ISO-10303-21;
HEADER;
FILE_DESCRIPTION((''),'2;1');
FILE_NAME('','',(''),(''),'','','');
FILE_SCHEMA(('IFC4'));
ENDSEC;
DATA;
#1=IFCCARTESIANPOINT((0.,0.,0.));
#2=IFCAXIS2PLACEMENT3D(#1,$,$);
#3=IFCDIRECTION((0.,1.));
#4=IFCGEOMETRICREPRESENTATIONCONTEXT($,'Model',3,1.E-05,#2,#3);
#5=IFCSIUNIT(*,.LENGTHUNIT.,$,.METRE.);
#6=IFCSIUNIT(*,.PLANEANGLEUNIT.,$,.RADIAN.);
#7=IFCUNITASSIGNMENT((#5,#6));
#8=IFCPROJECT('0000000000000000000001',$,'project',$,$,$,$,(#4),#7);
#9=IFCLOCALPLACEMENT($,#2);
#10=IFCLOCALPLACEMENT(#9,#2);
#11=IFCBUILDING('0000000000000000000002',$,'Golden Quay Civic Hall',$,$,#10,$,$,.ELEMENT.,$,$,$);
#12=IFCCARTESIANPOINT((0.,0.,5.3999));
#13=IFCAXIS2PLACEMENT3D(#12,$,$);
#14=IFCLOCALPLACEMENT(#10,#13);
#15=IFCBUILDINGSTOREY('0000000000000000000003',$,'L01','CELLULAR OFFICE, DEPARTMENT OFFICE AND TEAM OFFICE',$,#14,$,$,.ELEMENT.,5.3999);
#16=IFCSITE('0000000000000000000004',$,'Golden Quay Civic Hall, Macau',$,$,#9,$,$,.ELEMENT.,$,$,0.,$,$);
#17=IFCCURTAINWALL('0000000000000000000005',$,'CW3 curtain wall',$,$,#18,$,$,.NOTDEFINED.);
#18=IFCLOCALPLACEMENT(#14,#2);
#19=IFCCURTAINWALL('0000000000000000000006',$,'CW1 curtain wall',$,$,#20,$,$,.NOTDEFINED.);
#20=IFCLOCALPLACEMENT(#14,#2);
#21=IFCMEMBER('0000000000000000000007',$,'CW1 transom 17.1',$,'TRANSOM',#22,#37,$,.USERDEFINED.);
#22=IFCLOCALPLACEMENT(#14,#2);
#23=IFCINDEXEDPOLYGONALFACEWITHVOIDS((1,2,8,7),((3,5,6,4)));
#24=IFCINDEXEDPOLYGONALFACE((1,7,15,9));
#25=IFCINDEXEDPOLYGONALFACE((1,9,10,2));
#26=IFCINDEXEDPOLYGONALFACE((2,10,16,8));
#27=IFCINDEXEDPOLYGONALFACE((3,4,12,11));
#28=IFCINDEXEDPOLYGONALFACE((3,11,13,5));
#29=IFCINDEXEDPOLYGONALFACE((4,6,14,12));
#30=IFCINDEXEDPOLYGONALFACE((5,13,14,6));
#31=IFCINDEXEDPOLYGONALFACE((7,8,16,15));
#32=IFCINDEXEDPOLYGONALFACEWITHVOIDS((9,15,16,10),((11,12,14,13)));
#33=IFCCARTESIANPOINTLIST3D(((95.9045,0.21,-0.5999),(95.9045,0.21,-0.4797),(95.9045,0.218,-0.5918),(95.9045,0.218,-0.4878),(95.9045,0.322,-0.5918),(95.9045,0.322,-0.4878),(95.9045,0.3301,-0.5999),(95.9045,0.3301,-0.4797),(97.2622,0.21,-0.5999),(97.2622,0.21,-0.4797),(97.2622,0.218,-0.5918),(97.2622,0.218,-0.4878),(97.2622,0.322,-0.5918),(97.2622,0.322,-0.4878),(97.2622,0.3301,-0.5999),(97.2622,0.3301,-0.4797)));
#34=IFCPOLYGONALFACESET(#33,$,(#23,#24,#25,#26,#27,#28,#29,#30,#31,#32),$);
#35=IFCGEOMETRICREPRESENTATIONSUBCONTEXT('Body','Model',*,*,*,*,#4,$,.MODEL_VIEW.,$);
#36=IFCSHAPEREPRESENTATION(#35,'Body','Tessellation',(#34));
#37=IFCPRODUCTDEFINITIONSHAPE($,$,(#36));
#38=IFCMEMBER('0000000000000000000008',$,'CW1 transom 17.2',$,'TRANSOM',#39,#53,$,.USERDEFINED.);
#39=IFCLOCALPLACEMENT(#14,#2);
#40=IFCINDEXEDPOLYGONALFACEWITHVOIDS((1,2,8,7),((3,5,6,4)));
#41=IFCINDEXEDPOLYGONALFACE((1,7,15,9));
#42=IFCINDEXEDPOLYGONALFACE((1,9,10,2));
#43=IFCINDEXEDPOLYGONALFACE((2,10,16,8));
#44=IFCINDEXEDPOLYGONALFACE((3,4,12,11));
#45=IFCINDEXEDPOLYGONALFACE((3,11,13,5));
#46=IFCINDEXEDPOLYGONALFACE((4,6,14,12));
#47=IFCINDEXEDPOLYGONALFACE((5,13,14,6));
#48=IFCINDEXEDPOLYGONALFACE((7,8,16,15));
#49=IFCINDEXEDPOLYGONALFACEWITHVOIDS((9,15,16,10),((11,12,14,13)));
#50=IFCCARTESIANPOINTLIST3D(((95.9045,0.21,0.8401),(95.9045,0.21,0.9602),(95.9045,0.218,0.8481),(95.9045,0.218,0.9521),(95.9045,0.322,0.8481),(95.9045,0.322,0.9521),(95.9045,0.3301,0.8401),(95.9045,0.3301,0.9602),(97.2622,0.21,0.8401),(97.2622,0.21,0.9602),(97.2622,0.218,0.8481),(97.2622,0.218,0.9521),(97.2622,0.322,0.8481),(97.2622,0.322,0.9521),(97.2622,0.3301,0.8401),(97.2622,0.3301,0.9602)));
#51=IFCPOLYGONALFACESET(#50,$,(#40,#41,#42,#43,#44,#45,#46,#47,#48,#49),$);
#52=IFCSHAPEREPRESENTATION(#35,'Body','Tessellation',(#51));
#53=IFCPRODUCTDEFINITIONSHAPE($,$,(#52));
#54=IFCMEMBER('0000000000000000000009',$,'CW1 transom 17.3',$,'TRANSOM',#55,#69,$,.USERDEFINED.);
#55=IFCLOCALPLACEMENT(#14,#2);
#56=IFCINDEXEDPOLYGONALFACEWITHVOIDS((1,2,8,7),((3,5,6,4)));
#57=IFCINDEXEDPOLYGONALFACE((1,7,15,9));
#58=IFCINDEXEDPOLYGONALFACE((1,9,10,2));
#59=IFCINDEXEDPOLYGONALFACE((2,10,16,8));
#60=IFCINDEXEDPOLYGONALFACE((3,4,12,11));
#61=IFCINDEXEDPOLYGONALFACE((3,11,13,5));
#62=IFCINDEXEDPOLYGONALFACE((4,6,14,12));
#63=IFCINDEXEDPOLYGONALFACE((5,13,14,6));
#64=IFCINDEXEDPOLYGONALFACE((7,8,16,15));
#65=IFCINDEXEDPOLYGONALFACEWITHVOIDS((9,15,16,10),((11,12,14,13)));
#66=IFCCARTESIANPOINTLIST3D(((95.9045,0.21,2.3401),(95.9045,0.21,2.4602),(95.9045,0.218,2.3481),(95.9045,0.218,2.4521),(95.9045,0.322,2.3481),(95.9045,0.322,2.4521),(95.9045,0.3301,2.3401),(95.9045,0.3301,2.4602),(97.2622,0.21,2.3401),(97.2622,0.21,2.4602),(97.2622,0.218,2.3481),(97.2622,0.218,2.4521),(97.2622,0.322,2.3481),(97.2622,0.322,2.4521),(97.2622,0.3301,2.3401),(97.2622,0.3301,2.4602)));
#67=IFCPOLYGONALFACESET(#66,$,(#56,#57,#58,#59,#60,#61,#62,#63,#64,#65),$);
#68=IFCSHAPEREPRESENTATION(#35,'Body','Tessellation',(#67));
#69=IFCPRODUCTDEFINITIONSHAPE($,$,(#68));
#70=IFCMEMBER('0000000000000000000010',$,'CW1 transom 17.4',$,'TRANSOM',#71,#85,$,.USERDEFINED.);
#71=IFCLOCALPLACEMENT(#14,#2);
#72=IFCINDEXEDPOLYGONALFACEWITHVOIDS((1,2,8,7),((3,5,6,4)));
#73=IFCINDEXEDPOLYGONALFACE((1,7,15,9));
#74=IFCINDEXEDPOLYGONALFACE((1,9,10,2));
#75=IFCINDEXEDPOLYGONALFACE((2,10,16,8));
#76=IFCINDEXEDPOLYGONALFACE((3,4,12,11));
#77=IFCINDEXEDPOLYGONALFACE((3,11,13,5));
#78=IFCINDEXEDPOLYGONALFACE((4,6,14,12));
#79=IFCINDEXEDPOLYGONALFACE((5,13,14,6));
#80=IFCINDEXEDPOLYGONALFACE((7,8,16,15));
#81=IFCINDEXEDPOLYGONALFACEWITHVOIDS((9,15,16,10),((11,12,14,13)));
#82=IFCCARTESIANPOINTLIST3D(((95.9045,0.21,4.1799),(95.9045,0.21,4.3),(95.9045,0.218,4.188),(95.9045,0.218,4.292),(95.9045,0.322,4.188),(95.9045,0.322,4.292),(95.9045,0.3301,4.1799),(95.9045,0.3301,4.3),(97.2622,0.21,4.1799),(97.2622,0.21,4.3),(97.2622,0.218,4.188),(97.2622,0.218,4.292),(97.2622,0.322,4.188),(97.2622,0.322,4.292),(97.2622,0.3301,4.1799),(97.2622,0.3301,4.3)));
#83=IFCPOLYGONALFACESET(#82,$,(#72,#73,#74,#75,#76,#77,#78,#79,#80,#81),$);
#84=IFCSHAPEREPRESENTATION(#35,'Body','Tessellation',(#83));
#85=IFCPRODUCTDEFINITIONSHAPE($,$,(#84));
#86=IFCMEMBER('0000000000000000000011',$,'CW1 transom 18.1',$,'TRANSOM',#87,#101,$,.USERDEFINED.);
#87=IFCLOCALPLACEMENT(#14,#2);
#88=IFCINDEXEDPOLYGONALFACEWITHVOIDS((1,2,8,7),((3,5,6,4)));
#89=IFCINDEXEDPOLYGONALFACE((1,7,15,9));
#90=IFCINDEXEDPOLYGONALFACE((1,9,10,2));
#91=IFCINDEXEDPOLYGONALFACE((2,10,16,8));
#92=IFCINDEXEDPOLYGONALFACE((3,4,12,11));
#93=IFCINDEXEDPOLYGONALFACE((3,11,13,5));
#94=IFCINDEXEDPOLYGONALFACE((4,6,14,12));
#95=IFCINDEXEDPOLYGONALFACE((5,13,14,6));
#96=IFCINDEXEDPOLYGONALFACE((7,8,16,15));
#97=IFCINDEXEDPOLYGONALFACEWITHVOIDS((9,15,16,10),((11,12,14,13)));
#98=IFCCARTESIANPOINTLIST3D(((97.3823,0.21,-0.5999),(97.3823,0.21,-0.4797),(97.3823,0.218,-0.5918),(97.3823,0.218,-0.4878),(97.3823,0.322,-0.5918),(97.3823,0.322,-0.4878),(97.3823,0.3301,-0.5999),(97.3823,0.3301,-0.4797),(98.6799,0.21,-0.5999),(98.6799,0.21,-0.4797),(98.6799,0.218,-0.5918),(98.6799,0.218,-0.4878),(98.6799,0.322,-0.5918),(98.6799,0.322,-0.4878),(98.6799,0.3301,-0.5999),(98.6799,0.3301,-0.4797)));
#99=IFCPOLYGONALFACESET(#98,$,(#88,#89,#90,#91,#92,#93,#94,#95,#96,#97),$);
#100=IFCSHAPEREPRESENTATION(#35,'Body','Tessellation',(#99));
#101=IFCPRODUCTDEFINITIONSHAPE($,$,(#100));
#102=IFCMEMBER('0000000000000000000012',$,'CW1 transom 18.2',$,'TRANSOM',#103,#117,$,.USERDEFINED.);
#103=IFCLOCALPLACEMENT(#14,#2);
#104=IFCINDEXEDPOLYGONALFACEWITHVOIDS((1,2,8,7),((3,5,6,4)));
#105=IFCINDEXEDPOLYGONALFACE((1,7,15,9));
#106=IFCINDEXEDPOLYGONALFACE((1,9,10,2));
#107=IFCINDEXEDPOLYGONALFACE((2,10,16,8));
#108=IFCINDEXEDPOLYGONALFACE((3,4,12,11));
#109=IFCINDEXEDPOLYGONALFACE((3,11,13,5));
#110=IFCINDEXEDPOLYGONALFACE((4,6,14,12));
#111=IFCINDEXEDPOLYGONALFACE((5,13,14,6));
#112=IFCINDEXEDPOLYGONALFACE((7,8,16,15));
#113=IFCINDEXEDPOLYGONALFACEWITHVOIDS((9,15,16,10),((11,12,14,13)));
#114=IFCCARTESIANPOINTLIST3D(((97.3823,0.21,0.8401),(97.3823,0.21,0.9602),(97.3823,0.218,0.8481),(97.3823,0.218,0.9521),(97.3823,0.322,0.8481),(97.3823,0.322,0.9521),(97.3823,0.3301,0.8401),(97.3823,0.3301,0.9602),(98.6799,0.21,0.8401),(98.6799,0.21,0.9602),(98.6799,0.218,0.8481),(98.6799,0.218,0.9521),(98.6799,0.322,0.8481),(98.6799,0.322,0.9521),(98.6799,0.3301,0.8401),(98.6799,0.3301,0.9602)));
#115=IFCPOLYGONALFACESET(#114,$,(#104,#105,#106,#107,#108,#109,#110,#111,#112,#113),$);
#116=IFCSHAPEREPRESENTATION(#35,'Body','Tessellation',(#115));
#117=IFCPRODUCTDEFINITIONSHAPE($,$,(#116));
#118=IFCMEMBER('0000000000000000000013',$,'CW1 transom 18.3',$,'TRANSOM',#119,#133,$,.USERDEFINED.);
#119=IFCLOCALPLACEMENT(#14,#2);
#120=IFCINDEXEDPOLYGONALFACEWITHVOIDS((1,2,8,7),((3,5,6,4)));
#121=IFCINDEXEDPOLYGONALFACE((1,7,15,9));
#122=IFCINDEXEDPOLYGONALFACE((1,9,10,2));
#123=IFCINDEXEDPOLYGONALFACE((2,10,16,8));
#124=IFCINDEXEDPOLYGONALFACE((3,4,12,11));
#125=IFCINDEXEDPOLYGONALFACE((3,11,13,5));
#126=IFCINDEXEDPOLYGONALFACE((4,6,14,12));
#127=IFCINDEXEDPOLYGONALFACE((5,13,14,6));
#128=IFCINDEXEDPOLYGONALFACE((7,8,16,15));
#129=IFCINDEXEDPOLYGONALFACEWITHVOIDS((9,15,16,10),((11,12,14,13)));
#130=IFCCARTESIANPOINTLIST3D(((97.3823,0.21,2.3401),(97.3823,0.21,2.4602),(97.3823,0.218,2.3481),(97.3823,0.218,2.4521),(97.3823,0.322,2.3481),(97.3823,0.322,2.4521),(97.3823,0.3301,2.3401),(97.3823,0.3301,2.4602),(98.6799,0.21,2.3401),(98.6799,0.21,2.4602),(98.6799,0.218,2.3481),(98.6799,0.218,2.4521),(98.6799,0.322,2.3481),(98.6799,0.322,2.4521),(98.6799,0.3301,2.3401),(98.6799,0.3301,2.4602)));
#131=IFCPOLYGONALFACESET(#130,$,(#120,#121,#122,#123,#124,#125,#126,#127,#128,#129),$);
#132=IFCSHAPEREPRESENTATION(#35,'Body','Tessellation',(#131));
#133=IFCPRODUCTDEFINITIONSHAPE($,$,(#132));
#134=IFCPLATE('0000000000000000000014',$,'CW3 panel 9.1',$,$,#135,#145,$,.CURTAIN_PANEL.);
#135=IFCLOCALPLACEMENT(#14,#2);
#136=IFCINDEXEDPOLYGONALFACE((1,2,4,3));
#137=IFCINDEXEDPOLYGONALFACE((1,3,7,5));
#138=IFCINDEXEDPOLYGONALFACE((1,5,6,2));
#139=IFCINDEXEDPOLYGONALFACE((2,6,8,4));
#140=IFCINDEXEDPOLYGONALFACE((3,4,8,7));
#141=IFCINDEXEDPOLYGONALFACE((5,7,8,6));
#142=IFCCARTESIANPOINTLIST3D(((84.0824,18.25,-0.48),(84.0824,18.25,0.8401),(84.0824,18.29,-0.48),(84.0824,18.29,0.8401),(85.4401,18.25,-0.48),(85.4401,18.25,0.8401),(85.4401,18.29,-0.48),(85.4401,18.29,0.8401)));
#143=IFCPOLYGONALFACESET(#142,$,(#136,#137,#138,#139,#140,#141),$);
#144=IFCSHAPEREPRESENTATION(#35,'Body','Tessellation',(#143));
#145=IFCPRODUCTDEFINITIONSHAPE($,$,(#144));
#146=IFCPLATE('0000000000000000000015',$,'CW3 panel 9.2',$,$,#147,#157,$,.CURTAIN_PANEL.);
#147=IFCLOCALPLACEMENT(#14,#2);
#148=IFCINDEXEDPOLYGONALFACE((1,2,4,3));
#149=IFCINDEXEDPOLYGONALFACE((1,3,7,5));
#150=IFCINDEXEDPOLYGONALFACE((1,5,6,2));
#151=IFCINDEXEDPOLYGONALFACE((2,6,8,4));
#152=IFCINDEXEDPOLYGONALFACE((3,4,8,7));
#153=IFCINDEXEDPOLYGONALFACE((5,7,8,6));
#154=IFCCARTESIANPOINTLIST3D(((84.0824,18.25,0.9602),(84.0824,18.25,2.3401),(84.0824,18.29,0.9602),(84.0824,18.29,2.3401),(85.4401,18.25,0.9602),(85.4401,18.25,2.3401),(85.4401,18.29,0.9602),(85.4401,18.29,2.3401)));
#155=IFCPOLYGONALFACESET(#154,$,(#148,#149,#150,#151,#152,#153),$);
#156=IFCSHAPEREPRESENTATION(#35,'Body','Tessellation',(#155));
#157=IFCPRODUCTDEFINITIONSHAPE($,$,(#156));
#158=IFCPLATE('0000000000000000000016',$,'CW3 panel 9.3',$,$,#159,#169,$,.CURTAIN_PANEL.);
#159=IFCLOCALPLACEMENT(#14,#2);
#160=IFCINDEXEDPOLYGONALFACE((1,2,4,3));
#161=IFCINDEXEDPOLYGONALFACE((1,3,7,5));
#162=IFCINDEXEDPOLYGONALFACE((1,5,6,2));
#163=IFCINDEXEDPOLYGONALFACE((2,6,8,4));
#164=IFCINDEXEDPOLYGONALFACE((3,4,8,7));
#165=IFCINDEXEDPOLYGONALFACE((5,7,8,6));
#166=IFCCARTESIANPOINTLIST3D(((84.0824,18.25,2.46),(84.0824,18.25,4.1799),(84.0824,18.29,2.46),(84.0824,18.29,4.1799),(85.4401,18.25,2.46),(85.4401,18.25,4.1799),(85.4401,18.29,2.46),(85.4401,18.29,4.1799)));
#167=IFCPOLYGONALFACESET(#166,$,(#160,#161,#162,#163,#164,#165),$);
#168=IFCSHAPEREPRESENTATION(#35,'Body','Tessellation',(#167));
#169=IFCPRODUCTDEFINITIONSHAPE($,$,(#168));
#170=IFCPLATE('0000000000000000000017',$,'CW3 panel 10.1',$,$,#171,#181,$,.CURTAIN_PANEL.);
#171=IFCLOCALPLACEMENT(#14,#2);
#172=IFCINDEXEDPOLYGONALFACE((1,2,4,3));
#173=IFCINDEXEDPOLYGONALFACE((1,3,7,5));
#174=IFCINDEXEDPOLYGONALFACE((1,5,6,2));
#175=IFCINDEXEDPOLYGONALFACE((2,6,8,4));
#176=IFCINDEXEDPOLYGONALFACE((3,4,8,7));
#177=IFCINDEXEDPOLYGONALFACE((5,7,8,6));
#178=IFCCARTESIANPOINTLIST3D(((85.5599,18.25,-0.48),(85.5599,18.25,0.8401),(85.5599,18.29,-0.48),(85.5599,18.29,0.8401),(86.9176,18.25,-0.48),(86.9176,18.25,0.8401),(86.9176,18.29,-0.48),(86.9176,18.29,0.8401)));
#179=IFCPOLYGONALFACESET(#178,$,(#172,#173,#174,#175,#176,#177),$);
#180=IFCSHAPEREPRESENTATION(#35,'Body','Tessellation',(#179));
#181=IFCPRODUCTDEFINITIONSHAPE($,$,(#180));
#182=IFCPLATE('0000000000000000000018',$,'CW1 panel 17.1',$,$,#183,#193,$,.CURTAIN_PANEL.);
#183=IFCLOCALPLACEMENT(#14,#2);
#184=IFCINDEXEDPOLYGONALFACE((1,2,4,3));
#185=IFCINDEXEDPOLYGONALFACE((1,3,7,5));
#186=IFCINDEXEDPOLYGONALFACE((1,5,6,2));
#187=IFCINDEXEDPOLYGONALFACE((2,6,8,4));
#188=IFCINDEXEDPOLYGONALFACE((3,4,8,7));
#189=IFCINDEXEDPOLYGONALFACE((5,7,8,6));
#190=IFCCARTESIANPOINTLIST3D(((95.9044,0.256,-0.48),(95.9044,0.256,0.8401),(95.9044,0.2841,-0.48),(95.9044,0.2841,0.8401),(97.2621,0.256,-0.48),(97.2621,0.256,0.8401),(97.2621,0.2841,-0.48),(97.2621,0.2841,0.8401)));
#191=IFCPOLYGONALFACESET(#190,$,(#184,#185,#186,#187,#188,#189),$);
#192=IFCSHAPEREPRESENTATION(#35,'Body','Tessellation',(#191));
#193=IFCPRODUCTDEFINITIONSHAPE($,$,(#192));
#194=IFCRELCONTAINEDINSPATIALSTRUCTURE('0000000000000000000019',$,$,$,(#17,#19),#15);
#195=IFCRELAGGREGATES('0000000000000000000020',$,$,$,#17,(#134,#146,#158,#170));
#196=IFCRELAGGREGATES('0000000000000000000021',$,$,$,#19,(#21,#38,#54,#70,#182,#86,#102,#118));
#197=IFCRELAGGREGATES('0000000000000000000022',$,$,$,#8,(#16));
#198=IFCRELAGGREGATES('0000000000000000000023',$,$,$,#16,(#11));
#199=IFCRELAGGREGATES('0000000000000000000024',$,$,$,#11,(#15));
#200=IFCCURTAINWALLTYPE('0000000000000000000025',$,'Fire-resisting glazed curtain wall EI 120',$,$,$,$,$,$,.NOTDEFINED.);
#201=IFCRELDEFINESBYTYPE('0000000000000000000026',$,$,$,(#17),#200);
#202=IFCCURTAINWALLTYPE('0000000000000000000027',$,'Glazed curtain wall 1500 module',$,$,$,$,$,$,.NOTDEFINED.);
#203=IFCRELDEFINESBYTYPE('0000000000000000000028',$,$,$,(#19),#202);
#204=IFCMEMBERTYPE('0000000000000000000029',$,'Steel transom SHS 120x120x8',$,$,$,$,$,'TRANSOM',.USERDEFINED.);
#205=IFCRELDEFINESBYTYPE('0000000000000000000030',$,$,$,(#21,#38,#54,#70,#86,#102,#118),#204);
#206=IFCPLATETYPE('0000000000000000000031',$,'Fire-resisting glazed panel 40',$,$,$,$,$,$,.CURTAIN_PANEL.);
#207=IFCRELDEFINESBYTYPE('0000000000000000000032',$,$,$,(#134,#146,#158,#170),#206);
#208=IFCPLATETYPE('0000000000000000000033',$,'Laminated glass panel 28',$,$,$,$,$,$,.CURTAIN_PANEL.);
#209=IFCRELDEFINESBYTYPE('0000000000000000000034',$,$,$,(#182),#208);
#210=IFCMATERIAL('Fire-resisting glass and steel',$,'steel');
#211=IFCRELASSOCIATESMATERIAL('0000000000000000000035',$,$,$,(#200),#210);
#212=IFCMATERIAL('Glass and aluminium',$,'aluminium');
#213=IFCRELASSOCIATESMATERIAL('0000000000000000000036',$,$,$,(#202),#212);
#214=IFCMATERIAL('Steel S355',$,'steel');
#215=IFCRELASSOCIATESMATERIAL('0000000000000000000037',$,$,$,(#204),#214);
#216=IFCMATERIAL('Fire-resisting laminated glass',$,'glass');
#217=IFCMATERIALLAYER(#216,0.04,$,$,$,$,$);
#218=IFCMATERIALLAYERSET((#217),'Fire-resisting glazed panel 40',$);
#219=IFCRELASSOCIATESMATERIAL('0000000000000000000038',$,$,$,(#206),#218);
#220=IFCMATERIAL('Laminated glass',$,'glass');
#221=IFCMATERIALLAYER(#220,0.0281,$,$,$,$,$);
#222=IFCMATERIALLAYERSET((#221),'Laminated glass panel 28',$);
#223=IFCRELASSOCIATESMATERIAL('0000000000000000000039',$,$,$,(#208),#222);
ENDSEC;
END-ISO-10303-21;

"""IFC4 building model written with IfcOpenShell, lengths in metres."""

from ifc_helpers import new_model, si_unit, direction, frame, origin, origin_2d, place, context, subcontext, project, spatial, rectangle, hollow_rectangle, extrude, material, layer, layer_set, material_profile, profile_set, type_object, element, aggregate, save


model = new_model("IFC4")

# Units and contexts
model_context = context("Model", 3, precision=1e-05, world=origin(), true_north=direction((0.0, 1.0)))
body_context = subcontext(model_context, "Body", "Model", "MODEL_VIEW")
ifc_project = project(units=[si_unit("LENGTHUNIT", "METRE"), si_unit("PLANEANGLEUNIT", "RADIAN")], contexts=[model_context])

# Site, building, storey
site_placement = place(None, origin())
site = spatial("IfcSite", under=ifc_project, at=site_placement, Name="Golden Quay Civic Hall, Macau", CompositionType="ELEMENT", RefElevation=0.0)
building_placement = place(site_placement, origin())
building = spatial("IfcBuilding", under=site, at=building_placement, Name="Golden Quay Civic Hall", CompositionType="ELEMENT")
storey_placement = place(building_placement, frame((0.0, 0.0, 5.3999)))
storey = spatial("IfcBuildingStorey", under=building, at=storey_placement, Name="L01", Description="CELLULAR OFFICE, DEPARTMENT OFFICE AND TEAM OFFICE", CompositionType="ELEMENT", Elevation=5.3999)

# Curtain walls, members
ifc_material_1 = material(Name="Fire-resisting glass and steel", Category="steel")
curtain_wall_type_1 = type_object("IfcCurtainWallType", Name="Fire-resisting glazed curtain wall EI 120", PredefinedType="NOTDEFINED", material=ifc_material_1)
curtain_wall_1_placement = place(storey_placement, origin())
curtain_wall_1 = element("IfcCurtainWall", 1, at=curtain_wall_1_placement, inside=storey, type_object=curtain_wall_type_1, Name="CW3 curtain wall", PredefinedType="NOTDEFINED")
ifc_material_2 = material(Name="Glass and aluminium", Category="aluminium")
curtain_wall_type_2 = type_object("IfcCurtainWallType", Name="Glazed curtain wall 1500 module", PredefinedType="NOTDEFINED", material=ifc_material_2)
curtain_wall_2_placement = place(storey_placement, origin())
curtain_wall_2 = element("IfcCurtainWall", 2, at=curtain_wall_2_placement, inside=storey, type_object=curtain_wall_type_2, Name="CW1 curtain wall", PredefinedType="NOTDEFINED")
ifc_material_3 = material(Name="Steel S355", Category="steel")
ifc_material_profile_1 = material_profile(ifc_material_3, hollow_rectangle(XDim=0.1201, YDim=0.1201, WallThickness=0.0081, at=origin_2d()), Name="SHS 120x120x8")
ifc_profile_set_1 = profile_set([ifc_material_profile_1], Name="Steel S355")
member_type_1 = type_object("IfcMemberType", Name="Steel transom SHS 120x120x8", ElementType="TRANSOM", PredefinedType="USERDEFINED", material=ifc_profile_set_1)
member_1_placement = place(storey_placement, frame((95.9045, 0.27, -0.5398), z_axis=(1.0, 0.0, 0.0), x_axis=(0.0, 1.0, 0.0)))
member_1 = element("IfcMember", 3, at=member_1_placement, type_object=member_type_1, Name="CW1 transom 17.1", ObjectType="TRANSOM", PredefinedType="USERDEFINED", context=body_context, shape_type="SweptSolid", body=[
    extrude(hollow_rectangle(XDim=0.1201, YDim=0.1201, WallThickness=0.0081, at=origin_2d()), origin(), (0.0, 0.0, 1.0), 1.3577),
])
member_2_placement = place(storey_placement, frame((95.9045, 0.27, 0.9001), z_axis=(1.0, 0.0, 0.0), x_axis=(0.0, 1.0, 0.0)))
member_2 = element("IfcMember", 4, at=member_2_placement, type_object=member_type_1, Name="CW1 transom 17.2", ObjectType="TRANSOM", PredefinedType="USERDEFINED", context=body_context, shape_type="SweptSolid", body=[
    extrude(hollow_rectangle(XDim=0.1201, YDim=0.1201, WallThickness=0.0081, at=origin_2d()), origin(), (0.0, 0.0, 1.0), 1.3577),
])
member_3_placement = place(storey_placement, frame((95.9045, 0.27, 2.4001), z_axis=(1.0, 0.0, 0.0), x_axis=(0.0, 1.0, 0.0)))
member_3 = element("IfcMember", 5, at=member_3_placement, type_object=member_type_1, Name="CW1 transom 17.3", ObjectType="TRANSOM", PredefinedType="USERDEFINED", context=body_context, shape_type="SweptSolid", body=[
    extrude(hollow_rectangle(XDim=0.1201, YDim=0.1201, WallThickness=0.0081, at=origin_2d()), origin(), (0.0, 0.0, 1.0), 1.3577),
])
member_4_placement = place(storey_placement, frame((95.9045, 0.27, 4.24), z_axis=(1.0, 0.0, 0.0), x_axis=(0.0, 1.0, 0.0)))
member_4 = element("IfcMember", 6, at=member_4_placement, type_object=member_type_1, Name="CW1 transom 17.4", ObjectType="TRANSOM", PredefinedType="USERDEFINED", context=body_context, shape_type="SweptSolid", body=[
    extrude(hollow_rectangle(XDim=0.1201, YDim=0.1201, WallThickness=0.0081, at=origin_2d()), origin(), (0.0, 0.0, 1.0), 1.3577),
])
member_5_placement = place(storey_placement, frame((97.3823, 0.27, -0.5398), z_axis=(1.0, 0.0, 0.0), x_axis=(0.0, 1.0, 0.0)))
member_5 = element("IfcMember", 7, at=member_5_placement, type_object=member_type_1, Name="CW1 transom 18.1", ObjectType="TRANSOM", PredefinedType="USERDEFINED", context=body_context, shape_type="SweptSolid", body=[
    extrude(hollow_rectangle(XDim=0.1201, YDim=0.1201, WallThickness=0.0081, at=origin_2d()), origin(), (0.0, 0.0, 1.0), 1.2976),
])
member_6_placement = place(storey_placement, frame((97.3823, 0.27, 0.9001), z_axis=(1.0, 0.0, 0.0), x_axis=(0.0, 1.0, 0.0)))
member_6 = element("IfcMember", 8, at=member_6_placement, type_object=member_type_1, Name="CW1 transom 18.2", ObjectType="TRANSOM", PredefinedType="USERDEFINED", context=body_context, shape_type="SweptSolid", body=[
    extrude(hollow_rectangle(XDim=0.1201, YDim=0.1201, WallThickness=0.0081, at=origin_2d()), origin(), (0.0, 0.0, 1.0), 1.2976),
])
member_7_placement = place(storey_placement, frame((97.3823, 0.27, 2.4001), z_axis=(1.0, 0.0, 0.0), x_axis=(0.0, 1.0, 0.0)))
member_7 = element("IfcMember", 9, at=member_7_placement, type_object=member_type_1, Name="CW1 transom 18.3", ObjectType="TRANSOM", PredefinedType="USERDEFINED", context=body_context, shape_type="SweptSolid", body=[
    extrude(hollow_rectangle(XDim=0.1201, YDim=0.1201, WallThickness=0.0081, at=origin_2d()), origin(), (0.0, 0.0, 1.0), 1.2976),
])

# Plates
ifc_material_4 = material(Name="Fire-resisting laminated glass", Category="glass")
ifc_layer_1 = layer(ifc_material_4, 0.04)
ifc_layer_set_1 = layer_set([ifc_layer_1], Name="Fire-resisting glazed panel 40")
plate_type_1 = type_object("IfcPlateType", Name="Fire-resisting glazed panel 40", PredefinedType="CURTAIN_PANEL", material=ifc_layer_set_1)
plate_1_placement = place(storey_placement, frame((84.7612, 18.27, -0.48), z_axis=(0.0, 0.0, 1.0), x_axis=(1.0, 0.0, 0.0)))
plate_1 = element("IfcPlate", 10, at=plate_1_placement, type_object=plate_type_1, Name="CW3 panel 9.1", PredefinedType="CURTAIN_PANEL", context=body_context, shape_type="SweptSolid", body=[
    extrude(rectangle(XDim=1.3577, YDim=0.04, at=origin_2d()), origin(), (0.0, 0.0, 1.0), 1.3201),
])
plate_2_placement = place(storey_placement, frame((84.7612, 18.27, 0.9602), z_axis=(0.0, 0.0, 1.0), x_axis=(1.0, 0.0, 0.0)))
plate_2 = element("IfcPlate", 11, at=plate_2_placement, type_object=plate_type_1, Name="CW3 panel 9.2", PredefinedType="CURTAIN_PANEL", context=body_context, shape_type="SweptSolid", body=[
    extrude(rectangle(XDim=1.3577, YDim=0.04, at=origin_2d()), origin(), (0.0, 0.0, 1.0), 1.3799),
])
plate_3_placement = place(storey_placement, frame((84.7612, 18.27, 2.46), z_axis=(0.0, 0.0, 1.0), x_axis=(1.0, 0.0, 0.0)))
plate_3 = element("IfcPlate", 12, at=plate_3_placement, type_object=plate_type_1, Name="CW3 panel 9.3", PredefinedType="CURTAIN_PANEL", context=body_context, shape_type="SweptSolid", body=[
    extrude(rectangle(XDim=1.3577, YDim=0.04, at=origin_2d()), origin(), (0.0, 0.0, 1.0), 1.72),
])
plate_4_placement = place(storey_placement, frame((86.2388, 18.27, -0.48), z_axis=(0.0, 0.0, 1.0), x_axis=(1.0, 0.0, 0.0)))
plate_4 = element("IfcPlate", 13, at=plate_4_placement, type_object=plate_type_1, Name="CW3 panel 10.1", PredefinedType="CURTAIN_PANEL", context=body_context, shape_type="SweptSolid", body=[
    extrude(rectangle(XDim=1.3577, YDim=0.04, at=origin_2d()), origin(), (0.0, 0.0, 1.0), 1.3201),
])
aggregate(curtain_wall_1, [plate_1, plate_2, plate_3, plate_4])
ifc_material_5 = material(Name="Laminated glass", Category="glass")
ifc_layer_2 = layer(ifc_material_5, 0.0281)
ifc_layer_set_2 = layer_set([ifc_layer_2], Name="Laminated glass panel 28")
plate_type_2 = type_object("IfcPlateType", Name="Laminated glass panel 28", PredefinedType="CURTAIN_PANEL", material=ifc_layer_set_2)
plate_5_placement = place(storey_placement, frame((96.5833, 0.27, -0.48), z_axis=(0.0, 0.0, 1.0), x_axis=(1.0, 0.0, 0.0)))
plate_5 = element("IfcPlate", 14, at=plate_5_placement, type_object=plate_type_2, Name="CW1 panel 17.1", PredefinedType="CURTAIN_PANEL", context=body_context, shape_type="SweptSolid", body=[
    extrude(rectangle(XDim=1.3577, YDim=0.0281, at=origin_2d()), origin(), (0.0, 0.0, 1.0), 1.3201),
])
aggregate(curtain_wall_2, [member_1, member_2, member_3, member_4, plate_5, member_5, member_6, member_7])

save(model, "model.ifc")
